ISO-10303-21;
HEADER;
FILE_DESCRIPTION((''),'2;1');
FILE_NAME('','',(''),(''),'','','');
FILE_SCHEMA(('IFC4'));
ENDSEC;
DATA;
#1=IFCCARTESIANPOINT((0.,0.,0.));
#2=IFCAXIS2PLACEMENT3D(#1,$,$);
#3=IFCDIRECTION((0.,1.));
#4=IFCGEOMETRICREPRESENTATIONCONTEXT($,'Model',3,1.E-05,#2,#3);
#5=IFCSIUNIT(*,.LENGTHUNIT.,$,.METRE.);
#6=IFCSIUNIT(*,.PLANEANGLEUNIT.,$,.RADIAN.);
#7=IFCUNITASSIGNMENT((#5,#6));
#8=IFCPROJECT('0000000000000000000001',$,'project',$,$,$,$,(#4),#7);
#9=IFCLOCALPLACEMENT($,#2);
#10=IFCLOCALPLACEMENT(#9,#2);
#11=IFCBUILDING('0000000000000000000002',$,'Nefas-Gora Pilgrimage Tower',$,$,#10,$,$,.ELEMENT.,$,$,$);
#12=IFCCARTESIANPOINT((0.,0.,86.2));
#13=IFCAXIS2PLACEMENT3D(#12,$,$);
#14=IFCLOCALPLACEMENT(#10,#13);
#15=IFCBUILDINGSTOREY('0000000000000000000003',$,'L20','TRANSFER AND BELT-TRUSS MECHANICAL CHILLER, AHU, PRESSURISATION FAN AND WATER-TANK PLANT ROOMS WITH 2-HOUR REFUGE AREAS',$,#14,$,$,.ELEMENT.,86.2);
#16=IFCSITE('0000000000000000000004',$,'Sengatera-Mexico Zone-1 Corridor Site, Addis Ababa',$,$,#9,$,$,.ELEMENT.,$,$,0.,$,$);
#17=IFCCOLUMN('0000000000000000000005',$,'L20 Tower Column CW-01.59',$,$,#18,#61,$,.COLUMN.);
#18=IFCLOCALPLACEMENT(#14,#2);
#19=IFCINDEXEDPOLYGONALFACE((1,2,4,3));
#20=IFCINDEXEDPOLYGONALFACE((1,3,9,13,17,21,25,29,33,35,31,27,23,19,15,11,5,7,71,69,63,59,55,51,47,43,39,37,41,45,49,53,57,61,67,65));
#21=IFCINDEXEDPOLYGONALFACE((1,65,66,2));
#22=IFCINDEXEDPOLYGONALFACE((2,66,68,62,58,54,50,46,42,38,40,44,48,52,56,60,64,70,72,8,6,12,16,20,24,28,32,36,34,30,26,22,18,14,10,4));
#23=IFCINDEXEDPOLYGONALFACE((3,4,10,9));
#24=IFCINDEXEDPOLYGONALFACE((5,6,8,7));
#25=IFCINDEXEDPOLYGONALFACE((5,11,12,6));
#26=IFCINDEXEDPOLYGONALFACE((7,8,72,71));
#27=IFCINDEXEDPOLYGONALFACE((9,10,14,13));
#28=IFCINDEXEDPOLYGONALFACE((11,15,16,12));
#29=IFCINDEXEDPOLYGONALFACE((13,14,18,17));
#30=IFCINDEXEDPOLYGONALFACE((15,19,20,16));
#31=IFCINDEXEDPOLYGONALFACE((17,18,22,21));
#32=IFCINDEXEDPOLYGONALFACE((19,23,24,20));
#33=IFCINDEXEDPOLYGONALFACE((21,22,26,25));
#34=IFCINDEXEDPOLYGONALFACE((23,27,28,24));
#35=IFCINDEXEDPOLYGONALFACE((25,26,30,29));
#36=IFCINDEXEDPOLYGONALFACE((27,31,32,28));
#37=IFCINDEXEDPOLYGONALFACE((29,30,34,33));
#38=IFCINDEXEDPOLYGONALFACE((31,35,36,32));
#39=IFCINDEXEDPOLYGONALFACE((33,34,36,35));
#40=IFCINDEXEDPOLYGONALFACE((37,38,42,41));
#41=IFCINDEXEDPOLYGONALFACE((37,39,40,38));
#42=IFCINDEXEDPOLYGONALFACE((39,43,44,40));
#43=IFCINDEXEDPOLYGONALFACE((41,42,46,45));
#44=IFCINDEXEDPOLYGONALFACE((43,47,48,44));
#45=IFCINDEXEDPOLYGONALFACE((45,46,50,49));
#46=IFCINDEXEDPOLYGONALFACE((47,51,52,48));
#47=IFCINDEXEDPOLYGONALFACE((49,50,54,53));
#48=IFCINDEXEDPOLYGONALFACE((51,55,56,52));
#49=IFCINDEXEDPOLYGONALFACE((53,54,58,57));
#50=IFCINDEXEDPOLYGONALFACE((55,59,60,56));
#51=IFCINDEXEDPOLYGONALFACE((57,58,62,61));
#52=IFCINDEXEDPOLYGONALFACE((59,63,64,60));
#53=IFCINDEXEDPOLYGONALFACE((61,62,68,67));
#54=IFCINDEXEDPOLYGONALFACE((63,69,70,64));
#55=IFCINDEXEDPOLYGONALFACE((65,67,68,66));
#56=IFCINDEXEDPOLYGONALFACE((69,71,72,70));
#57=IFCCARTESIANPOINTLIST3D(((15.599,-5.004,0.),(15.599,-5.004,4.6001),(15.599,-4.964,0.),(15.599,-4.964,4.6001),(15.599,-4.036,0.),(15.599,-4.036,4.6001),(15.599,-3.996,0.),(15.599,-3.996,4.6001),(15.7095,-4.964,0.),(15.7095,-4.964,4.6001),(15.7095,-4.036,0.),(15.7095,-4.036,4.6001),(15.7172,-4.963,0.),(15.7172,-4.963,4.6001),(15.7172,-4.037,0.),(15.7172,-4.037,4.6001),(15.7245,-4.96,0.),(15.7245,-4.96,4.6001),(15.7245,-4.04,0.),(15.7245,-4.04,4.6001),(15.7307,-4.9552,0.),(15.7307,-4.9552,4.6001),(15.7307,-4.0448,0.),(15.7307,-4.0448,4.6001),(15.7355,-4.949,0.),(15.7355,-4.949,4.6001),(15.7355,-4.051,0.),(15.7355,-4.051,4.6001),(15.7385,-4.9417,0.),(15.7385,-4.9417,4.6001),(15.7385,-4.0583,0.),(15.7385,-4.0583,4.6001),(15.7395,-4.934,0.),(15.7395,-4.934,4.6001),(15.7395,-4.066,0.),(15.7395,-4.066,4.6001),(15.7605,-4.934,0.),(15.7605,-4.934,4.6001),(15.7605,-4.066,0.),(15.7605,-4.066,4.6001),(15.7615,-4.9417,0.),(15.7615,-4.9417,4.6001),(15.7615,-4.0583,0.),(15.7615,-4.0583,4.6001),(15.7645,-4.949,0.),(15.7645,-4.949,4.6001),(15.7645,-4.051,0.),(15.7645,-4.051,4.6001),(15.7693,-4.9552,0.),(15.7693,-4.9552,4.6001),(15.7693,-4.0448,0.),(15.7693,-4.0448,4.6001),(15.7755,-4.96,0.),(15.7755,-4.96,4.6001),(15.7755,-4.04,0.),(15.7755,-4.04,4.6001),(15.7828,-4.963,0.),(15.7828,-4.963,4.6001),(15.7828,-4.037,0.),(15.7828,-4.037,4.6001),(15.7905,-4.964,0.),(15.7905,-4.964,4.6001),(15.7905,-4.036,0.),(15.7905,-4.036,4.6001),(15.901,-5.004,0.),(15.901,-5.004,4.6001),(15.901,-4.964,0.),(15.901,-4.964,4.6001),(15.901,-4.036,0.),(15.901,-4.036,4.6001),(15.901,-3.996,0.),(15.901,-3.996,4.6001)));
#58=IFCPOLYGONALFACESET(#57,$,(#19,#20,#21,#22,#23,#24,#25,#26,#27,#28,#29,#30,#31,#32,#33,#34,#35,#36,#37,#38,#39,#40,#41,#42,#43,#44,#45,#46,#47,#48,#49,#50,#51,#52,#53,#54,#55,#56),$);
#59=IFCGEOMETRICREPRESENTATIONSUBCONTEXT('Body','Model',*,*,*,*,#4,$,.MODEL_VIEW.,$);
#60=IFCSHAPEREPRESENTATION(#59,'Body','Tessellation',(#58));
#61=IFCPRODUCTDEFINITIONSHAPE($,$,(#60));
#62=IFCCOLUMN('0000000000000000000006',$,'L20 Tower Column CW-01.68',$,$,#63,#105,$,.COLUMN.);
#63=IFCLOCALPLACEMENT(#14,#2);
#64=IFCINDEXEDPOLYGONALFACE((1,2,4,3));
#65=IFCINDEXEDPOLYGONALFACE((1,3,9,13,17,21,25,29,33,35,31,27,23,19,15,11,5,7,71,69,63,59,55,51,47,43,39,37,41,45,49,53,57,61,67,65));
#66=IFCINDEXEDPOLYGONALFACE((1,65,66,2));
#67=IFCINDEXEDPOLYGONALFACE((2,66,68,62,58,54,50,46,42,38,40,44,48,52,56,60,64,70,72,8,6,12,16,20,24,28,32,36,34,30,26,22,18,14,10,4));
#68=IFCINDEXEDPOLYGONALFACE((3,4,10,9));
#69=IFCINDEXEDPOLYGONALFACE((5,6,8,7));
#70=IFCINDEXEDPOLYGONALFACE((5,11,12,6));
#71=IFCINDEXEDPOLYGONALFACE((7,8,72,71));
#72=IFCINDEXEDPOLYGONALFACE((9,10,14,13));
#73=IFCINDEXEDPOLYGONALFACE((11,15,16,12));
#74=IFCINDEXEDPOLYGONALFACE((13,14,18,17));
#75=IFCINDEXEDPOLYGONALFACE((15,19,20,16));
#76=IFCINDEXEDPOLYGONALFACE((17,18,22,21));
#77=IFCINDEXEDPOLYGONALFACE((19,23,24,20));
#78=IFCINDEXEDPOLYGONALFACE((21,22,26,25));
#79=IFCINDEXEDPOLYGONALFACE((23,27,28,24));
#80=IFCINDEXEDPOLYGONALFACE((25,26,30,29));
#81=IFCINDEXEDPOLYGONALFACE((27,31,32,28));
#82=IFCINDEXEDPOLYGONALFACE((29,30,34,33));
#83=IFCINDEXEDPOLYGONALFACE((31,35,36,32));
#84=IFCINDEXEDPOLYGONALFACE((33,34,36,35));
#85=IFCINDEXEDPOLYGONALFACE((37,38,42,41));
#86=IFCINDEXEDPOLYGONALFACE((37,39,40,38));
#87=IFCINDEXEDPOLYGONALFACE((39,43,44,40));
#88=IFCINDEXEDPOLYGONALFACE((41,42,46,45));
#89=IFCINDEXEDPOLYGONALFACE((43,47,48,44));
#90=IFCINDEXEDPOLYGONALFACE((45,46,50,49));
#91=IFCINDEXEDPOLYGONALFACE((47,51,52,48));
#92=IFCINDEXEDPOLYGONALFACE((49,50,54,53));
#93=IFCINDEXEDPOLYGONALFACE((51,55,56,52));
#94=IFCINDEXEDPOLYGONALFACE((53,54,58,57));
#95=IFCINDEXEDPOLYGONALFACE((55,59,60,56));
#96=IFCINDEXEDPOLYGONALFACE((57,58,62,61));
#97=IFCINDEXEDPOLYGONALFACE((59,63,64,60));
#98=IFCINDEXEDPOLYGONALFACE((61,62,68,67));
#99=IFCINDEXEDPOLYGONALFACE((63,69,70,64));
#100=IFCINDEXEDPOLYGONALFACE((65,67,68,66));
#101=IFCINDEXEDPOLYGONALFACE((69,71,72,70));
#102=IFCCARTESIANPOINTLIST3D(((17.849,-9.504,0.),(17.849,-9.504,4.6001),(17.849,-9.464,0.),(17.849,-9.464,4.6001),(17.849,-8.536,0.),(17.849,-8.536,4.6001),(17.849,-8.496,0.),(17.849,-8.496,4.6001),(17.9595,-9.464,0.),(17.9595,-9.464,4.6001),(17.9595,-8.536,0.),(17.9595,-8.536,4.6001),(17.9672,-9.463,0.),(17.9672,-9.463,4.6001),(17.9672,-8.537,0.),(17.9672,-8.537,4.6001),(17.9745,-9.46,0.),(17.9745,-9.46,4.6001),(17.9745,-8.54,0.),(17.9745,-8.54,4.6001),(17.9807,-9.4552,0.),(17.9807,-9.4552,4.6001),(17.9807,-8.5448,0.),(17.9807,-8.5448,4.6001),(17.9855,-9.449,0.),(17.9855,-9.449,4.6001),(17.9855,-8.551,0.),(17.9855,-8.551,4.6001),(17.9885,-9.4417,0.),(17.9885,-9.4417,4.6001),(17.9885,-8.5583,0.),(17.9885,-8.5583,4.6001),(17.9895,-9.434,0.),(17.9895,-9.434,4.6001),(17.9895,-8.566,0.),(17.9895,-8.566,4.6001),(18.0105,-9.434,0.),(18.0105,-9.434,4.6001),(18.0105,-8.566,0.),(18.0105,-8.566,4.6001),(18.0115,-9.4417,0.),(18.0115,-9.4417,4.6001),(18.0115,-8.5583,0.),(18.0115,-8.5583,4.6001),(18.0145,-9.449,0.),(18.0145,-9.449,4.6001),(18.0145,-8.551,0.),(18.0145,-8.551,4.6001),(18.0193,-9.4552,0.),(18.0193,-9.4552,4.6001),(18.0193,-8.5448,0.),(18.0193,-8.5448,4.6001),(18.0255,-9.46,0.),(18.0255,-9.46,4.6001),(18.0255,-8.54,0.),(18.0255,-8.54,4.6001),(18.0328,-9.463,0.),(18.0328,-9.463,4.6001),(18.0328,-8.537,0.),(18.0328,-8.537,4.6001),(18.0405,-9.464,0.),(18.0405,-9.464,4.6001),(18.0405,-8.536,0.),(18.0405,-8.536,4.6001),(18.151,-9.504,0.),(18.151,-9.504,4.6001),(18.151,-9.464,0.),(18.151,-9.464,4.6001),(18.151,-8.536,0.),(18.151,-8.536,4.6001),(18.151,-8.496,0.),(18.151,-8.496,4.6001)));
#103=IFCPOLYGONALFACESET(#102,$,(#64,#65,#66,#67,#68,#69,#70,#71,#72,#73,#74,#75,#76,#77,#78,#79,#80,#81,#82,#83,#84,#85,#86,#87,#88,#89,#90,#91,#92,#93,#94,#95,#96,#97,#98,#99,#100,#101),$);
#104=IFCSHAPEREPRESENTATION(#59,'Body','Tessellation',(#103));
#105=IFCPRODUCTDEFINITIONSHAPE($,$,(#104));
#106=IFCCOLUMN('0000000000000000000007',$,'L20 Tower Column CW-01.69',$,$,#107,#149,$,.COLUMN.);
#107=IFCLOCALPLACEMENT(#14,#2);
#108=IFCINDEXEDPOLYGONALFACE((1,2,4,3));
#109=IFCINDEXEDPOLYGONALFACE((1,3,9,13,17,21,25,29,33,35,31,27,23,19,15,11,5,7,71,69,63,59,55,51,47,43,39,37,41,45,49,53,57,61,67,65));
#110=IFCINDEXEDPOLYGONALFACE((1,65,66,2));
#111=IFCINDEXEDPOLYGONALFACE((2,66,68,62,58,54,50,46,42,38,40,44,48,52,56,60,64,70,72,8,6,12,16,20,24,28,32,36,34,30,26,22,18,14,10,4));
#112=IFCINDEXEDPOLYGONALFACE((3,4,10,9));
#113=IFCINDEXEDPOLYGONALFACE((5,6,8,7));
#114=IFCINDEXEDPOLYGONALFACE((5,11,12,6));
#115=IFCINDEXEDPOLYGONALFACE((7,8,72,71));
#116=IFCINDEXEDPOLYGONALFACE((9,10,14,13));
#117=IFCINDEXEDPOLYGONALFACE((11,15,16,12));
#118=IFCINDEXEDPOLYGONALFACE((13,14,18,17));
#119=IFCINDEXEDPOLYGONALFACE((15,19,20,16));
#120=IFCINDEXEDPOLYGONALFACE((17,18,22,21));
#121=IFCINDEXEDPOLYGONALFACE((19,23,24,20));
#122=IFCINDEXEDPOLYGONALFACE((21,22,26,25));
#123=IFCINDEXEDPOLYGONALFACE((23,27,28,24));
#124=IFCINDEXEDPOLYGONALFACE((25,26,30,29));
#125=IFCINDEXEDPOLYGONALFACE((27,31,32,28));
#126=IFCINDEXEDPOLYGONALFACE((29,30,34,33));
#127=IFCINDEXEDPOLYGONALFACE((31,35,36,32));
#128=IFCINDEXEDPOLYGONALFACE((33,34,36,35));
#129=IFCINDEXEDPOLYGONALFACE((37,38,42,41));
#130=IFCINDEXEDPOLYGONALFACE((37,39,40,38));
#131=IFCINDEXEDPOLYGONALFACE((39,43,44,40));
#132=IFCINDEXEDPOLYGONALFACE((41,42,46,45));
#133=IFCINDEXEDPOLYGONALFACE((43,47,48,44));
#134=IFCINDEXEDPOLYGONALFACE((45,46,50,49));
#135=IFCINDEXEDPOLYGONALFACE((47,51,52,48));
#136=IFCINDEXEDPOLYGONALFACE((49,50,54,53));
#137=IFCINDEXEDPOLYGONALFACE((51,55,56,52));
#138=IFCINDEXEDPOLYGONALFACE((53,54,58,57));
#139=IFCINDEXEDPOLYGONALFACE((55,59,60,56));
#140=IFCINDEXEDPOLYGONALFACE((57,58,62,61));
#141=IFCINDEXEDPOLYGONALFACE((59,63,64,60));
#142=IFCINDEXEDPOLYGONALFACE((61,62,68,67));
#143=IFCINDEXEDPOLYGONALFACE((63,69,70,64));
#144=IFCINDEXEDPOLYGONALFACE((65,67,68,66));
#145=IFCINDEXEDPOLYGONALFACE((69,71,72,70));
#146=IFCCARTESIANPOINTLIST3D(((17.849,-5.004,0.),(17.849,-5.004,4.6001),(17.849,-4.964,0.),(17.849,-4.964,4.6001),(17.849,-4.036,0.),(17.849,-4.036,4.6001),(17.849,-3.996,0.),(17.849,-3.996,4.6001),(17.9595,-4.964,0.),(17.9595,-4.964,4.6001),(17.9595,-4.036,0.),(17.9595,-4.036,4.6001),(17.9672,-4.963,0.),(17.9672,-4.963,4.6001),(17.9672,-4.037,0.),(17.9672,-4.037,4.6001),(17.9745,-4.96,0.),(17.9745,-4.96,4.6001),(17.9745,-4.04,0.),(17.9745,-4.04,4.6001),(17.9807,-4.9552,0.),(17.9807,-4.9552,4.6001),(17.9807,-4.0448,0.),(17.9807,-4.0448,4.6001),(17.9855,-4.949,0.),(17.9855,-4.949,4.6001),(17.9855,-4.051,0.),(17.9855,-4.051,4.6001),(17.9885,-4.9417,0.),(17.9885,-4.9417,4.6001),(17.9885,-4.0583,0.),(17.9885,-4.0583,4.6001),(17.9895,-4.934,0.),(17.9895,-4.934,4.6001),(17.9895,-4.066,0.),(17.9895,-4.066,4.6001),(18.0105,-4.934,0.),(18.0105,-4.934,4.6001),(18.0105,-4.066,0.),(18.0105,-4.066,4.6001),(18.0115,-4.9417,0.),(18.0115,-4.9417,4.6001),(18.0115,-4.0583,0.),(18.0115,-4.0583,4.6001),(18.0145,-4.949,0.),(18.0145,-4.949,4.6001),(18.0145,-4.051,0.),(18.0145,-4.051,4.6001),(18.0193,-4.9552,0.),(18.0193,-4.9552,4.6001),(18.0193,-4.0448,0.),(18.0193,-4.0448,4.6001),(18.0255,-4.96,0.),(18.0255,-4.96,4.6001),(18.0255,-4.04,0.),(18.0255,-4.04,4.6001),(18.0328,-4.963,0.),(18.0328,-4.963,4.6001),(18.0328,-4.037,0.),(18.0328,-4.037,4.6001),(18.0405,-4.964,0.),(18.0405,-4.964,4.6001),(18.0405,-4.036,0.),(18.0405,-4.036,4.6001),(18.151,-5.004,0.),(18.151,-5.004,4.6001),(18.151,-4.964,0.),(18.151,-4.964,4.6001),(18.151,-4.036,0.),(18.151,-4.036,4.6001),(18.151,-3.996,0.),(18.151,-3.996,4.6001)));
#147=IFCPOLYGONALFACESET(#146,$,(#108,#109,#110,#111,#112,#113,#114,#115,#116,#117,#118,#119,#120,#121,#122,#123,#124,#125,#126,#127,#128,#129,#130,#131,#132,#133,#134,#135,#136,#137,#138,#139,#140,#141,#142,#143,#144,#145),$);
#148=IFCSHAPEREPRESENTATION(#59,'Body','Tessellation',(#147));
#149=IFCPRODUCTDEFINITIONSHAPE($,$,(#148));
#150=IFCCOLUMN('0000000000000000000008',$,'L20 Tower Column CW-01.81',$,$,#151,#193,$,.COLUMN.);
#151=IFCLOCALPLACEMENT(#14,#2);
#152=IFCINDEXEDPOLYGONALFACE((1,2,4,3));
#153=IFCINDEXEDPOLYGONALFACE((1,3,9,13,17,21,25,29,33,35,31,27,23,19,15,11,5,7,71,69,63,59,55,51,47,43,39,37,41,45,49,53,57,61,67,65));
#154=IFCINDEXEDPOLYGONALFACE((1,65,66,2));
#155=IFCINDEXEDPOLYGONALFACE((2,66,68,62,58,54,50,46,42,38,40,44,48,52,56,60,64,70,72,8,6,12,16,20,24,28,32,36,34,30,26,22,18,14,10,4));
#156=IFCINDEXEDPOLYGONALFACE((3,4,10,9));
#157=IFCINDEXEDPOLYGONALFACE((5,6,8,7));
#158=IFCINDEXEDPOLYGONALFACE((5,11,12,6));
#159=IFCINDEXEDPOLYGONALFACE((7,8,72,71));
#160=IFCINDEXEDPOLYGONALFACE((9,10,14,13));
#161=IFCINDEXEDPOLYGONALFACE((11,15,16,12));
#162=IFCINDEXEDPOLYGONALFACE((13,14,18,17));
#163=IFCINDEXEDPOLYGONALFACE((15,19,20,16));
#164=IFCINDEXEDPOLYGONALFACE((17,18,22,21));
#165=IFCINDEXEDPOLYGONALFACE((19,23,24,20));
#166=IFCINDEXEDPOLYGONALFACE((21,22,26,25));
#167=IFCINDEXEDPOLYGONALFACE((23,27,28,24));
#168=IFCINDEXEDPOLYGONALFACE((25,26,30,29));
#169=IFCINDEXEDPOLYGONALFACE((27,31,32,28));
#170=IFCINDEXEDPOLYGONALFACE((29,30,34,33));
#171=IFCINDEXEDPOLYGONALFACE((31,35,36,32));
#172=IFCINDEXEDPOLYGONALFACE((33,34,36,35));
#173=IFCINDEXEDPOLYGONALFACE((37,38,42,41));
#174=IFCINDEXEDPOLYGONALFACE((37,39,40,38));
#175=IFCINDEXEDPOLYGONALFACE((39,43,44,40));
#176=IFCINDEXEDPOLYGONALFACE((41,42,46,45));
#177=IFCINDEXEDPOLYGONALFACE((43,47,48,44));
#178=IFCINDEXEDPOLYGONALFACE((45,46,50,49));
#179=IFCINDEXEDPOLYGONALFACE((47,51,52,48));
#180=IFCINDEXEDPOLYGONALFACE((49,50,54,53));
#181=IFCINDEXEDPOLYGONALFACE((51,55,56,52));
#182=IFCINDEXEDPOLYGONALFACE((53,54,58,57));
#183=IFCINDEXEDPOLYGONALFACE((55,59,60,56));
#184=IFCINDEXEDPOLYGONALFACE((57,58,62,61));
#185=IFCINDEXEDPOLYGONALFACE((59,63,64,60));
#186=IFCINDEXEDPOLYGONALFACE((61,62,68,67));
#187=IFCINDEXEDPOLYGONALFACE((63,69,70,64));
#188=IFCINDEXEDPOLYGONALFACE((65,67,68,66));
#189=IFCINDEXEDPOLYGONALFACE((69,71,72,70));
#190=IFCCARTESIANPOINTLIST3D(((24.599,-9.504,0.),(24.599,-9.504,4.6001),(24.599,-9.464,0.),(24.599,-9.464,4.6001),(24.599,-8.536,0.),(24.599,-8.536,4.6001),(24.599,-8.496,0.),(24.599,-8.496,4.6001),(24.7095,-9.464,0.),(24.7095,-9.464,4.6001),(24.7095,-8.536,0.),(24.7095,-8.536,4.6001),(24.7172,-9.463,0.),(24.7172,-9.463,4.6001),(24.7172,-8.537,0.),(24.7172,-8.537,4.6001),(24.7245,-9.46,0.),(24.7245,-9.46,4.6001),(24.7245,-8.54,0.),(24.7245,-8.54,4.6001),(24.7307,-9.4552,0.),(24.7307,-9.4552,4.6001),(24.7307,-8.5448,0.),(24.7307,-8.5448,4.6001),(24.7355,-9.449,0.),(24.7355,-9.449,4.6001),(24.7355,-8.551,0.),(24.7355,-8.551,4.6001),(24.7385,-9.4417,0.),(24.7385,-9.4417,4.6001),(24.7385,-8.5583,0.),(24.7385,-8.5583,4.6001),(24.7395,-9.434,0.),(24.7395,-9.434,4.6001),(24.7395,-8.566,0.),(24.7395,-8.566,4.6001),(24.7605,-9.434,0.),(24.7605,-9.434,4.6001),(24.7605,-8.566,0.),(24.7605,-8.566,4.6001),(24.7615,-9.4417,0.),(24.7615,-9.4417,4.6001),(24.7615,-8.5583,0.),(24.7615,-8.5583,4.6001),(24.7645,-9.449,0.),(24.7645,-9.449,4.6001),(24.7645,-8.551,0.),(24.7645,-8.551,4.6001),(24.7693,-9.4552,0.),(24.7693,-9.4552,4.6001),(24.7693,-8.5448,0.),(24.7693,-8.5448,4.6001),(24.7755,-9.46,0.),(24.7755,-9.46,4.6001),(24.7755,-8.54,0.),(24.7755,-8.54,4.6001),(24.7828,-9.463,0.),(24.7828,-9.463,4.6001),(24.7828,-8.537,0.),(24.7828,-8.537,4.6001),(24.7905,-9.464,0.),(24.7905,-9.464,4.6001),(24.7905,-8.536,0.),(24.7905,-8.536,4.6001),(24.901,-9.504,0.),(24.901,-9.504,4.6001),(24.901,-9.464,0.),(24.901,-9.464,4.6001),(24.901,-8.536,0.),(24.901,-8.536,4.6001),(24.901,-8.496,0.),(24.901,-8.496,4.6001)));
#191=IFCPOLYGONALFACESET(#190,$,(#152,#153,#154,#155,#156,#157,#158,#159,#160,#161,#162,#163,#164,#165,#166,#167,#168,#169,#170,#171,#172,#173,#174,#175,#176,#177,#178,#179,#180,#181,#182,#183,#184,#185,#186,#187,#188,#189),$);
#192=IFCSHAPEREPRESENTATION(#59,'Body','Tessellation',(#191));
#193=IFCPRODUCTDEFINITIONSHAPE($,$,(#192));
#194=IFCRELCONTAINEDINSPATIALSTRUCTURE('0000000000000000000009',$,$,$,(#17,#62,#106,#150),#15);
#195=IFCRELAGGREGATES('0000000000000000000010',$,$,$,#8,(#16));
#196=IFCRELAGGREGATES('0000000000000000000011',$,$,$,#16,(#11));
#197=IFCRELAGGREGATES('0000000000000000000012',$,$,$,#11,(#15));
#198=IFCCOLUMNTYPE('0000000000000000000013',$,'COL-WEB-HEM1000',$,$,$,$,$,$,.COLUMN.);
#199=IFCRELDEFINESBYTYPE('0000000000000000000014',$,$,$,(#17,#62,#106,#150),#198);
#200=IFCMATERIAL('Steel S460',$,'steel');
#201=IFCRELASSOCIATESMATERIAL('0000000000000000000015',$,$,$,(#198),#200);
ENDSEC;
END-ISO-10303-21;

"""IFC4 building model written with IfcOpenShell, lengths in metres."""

from ifc_helpers import new_model, si_unit, direction, frame, origin, origin_2d, place, context, subcontext, project, spatial, i_section, extrude, source, transform, mapped, material, material_profile, profile_set, type_object, element, save


model = new_model("IFC4")

# Units and contexts
model_context = context("Model", 3, precision=1e-05, world=origin(), true_north=direction((0.0, 1.0)))
body_context = subcontext(model_context, "Body", "Model", "MODEL_VIEW")
ifc_project = project(units=[si_unit("LENGTHUNIT", "METRE"), si_unit("PLANEANGLEUNIT", "RADIAN")], contexts=[model_context])

# Site, building, storey
site_placement = place(None, origin())
site = spatial("IfcSite", under=ifc_project, at=site_placement, Name="Sengatera-Mexico Zone-1 Corridor Site, Addis Ababa", CompositionType="ELEMENT", RefElevation=0.0)
building_placement = place(site_placement, origin())
building = spatial("IfcBuilding", under=site, at=building_placement, Name="Nefas-Gora Pilgrimage Tower", CompositionType="ELEMENT")
storey_placement = place(building_placement, frame((0.0, 0.0, 86.2)))
storey = spatial("IfcBuildingStorey", under=building, at=storey_placement, Name="L20", Description="TRANSFER AND BELT-TRUSS MECHANICAL CHILLER, AHU, PRESSURISATION FAN AND WATER-TANK PLANT ROOMS WITH 2-HOUR REFUGE AREAS", CompositionType="ELEMENT", Elevation=86.2)

# Columns
ifc_material_1 = material(Name="Steel S460", Category="steel")
ifc_material_profile_1 = material_profile(ifc_material_1, i_section(OverallWidth=0.302, OverallDepth=1.0081, WebThickness=0.021, FlangeThickness=0.04, FilletRadius=0.03, at=origin_2d()), Name="HEM 1000")
ifc_profile_set_1 = profile_set([ifc_material_profile_1], Name="Steel S460")
column_type_1 = type_object("IfcColumnType", Name="COL-WEB-HEM1000", PredefinedType="COLUMN", material=ifc_profile_set_1)
shared_shape_1 = source(origin(), body_context, "Body", "SweptSolid", [
    extrude(i_section(OverallWidth=0.302, OverallDepth=1.0081, WebThickness=0.021, FlangeThickness=0.04, FilletRadius=0.03, at=origin_2d()), origin(), (0.0, 0.0, 1.0), 4.6001),
])
for number, where, z_axis, x_axis, name in (
    (1, (15.75, -4.5, 0.0), (0.0, 0.0, 1.0), (1.0, 0.0, 0.0), "L20 Tower Column CW-01.59"),
    (2, (18.0, -9.0, 0.0), (0.0, 0.0, 1.0), (1.0, 0.0, 0.0), "L20 Tower Column CW-01.68"),
    (3, (18.0, -4.5, 0.0), (0.0, 0.0, 1.0), (1.0, 0.0, 0.0), "L20 Tower Column CW-01.69"),
    (4, (24.75, -9.0, 0.0), (0.0, 0.0, 1.0), (1.0, 0.0, 0.0), "L20 Tower Column CW-01.81"),
):
    element("IfcColumn", number, at=place(storey_placement, frame(where, z_axis=z_axis, x_axis=x_axis)), inside=storey, type_object=column_type_1, Name=name, PredefinedType="COLUMN", context=body_context, shape_type="MappedRepresentation", body=[
        mapped(shared_shape_1, transform((0.0, 0.0, 0.0), x_axis=(1.0, 0.0, 0.0), y_axis=(0.0, 1.0, 0.0), z_axis=(0.0, 0.0, 1.0), scale=1.0)),
    ])

save(model, "model.ifc")
